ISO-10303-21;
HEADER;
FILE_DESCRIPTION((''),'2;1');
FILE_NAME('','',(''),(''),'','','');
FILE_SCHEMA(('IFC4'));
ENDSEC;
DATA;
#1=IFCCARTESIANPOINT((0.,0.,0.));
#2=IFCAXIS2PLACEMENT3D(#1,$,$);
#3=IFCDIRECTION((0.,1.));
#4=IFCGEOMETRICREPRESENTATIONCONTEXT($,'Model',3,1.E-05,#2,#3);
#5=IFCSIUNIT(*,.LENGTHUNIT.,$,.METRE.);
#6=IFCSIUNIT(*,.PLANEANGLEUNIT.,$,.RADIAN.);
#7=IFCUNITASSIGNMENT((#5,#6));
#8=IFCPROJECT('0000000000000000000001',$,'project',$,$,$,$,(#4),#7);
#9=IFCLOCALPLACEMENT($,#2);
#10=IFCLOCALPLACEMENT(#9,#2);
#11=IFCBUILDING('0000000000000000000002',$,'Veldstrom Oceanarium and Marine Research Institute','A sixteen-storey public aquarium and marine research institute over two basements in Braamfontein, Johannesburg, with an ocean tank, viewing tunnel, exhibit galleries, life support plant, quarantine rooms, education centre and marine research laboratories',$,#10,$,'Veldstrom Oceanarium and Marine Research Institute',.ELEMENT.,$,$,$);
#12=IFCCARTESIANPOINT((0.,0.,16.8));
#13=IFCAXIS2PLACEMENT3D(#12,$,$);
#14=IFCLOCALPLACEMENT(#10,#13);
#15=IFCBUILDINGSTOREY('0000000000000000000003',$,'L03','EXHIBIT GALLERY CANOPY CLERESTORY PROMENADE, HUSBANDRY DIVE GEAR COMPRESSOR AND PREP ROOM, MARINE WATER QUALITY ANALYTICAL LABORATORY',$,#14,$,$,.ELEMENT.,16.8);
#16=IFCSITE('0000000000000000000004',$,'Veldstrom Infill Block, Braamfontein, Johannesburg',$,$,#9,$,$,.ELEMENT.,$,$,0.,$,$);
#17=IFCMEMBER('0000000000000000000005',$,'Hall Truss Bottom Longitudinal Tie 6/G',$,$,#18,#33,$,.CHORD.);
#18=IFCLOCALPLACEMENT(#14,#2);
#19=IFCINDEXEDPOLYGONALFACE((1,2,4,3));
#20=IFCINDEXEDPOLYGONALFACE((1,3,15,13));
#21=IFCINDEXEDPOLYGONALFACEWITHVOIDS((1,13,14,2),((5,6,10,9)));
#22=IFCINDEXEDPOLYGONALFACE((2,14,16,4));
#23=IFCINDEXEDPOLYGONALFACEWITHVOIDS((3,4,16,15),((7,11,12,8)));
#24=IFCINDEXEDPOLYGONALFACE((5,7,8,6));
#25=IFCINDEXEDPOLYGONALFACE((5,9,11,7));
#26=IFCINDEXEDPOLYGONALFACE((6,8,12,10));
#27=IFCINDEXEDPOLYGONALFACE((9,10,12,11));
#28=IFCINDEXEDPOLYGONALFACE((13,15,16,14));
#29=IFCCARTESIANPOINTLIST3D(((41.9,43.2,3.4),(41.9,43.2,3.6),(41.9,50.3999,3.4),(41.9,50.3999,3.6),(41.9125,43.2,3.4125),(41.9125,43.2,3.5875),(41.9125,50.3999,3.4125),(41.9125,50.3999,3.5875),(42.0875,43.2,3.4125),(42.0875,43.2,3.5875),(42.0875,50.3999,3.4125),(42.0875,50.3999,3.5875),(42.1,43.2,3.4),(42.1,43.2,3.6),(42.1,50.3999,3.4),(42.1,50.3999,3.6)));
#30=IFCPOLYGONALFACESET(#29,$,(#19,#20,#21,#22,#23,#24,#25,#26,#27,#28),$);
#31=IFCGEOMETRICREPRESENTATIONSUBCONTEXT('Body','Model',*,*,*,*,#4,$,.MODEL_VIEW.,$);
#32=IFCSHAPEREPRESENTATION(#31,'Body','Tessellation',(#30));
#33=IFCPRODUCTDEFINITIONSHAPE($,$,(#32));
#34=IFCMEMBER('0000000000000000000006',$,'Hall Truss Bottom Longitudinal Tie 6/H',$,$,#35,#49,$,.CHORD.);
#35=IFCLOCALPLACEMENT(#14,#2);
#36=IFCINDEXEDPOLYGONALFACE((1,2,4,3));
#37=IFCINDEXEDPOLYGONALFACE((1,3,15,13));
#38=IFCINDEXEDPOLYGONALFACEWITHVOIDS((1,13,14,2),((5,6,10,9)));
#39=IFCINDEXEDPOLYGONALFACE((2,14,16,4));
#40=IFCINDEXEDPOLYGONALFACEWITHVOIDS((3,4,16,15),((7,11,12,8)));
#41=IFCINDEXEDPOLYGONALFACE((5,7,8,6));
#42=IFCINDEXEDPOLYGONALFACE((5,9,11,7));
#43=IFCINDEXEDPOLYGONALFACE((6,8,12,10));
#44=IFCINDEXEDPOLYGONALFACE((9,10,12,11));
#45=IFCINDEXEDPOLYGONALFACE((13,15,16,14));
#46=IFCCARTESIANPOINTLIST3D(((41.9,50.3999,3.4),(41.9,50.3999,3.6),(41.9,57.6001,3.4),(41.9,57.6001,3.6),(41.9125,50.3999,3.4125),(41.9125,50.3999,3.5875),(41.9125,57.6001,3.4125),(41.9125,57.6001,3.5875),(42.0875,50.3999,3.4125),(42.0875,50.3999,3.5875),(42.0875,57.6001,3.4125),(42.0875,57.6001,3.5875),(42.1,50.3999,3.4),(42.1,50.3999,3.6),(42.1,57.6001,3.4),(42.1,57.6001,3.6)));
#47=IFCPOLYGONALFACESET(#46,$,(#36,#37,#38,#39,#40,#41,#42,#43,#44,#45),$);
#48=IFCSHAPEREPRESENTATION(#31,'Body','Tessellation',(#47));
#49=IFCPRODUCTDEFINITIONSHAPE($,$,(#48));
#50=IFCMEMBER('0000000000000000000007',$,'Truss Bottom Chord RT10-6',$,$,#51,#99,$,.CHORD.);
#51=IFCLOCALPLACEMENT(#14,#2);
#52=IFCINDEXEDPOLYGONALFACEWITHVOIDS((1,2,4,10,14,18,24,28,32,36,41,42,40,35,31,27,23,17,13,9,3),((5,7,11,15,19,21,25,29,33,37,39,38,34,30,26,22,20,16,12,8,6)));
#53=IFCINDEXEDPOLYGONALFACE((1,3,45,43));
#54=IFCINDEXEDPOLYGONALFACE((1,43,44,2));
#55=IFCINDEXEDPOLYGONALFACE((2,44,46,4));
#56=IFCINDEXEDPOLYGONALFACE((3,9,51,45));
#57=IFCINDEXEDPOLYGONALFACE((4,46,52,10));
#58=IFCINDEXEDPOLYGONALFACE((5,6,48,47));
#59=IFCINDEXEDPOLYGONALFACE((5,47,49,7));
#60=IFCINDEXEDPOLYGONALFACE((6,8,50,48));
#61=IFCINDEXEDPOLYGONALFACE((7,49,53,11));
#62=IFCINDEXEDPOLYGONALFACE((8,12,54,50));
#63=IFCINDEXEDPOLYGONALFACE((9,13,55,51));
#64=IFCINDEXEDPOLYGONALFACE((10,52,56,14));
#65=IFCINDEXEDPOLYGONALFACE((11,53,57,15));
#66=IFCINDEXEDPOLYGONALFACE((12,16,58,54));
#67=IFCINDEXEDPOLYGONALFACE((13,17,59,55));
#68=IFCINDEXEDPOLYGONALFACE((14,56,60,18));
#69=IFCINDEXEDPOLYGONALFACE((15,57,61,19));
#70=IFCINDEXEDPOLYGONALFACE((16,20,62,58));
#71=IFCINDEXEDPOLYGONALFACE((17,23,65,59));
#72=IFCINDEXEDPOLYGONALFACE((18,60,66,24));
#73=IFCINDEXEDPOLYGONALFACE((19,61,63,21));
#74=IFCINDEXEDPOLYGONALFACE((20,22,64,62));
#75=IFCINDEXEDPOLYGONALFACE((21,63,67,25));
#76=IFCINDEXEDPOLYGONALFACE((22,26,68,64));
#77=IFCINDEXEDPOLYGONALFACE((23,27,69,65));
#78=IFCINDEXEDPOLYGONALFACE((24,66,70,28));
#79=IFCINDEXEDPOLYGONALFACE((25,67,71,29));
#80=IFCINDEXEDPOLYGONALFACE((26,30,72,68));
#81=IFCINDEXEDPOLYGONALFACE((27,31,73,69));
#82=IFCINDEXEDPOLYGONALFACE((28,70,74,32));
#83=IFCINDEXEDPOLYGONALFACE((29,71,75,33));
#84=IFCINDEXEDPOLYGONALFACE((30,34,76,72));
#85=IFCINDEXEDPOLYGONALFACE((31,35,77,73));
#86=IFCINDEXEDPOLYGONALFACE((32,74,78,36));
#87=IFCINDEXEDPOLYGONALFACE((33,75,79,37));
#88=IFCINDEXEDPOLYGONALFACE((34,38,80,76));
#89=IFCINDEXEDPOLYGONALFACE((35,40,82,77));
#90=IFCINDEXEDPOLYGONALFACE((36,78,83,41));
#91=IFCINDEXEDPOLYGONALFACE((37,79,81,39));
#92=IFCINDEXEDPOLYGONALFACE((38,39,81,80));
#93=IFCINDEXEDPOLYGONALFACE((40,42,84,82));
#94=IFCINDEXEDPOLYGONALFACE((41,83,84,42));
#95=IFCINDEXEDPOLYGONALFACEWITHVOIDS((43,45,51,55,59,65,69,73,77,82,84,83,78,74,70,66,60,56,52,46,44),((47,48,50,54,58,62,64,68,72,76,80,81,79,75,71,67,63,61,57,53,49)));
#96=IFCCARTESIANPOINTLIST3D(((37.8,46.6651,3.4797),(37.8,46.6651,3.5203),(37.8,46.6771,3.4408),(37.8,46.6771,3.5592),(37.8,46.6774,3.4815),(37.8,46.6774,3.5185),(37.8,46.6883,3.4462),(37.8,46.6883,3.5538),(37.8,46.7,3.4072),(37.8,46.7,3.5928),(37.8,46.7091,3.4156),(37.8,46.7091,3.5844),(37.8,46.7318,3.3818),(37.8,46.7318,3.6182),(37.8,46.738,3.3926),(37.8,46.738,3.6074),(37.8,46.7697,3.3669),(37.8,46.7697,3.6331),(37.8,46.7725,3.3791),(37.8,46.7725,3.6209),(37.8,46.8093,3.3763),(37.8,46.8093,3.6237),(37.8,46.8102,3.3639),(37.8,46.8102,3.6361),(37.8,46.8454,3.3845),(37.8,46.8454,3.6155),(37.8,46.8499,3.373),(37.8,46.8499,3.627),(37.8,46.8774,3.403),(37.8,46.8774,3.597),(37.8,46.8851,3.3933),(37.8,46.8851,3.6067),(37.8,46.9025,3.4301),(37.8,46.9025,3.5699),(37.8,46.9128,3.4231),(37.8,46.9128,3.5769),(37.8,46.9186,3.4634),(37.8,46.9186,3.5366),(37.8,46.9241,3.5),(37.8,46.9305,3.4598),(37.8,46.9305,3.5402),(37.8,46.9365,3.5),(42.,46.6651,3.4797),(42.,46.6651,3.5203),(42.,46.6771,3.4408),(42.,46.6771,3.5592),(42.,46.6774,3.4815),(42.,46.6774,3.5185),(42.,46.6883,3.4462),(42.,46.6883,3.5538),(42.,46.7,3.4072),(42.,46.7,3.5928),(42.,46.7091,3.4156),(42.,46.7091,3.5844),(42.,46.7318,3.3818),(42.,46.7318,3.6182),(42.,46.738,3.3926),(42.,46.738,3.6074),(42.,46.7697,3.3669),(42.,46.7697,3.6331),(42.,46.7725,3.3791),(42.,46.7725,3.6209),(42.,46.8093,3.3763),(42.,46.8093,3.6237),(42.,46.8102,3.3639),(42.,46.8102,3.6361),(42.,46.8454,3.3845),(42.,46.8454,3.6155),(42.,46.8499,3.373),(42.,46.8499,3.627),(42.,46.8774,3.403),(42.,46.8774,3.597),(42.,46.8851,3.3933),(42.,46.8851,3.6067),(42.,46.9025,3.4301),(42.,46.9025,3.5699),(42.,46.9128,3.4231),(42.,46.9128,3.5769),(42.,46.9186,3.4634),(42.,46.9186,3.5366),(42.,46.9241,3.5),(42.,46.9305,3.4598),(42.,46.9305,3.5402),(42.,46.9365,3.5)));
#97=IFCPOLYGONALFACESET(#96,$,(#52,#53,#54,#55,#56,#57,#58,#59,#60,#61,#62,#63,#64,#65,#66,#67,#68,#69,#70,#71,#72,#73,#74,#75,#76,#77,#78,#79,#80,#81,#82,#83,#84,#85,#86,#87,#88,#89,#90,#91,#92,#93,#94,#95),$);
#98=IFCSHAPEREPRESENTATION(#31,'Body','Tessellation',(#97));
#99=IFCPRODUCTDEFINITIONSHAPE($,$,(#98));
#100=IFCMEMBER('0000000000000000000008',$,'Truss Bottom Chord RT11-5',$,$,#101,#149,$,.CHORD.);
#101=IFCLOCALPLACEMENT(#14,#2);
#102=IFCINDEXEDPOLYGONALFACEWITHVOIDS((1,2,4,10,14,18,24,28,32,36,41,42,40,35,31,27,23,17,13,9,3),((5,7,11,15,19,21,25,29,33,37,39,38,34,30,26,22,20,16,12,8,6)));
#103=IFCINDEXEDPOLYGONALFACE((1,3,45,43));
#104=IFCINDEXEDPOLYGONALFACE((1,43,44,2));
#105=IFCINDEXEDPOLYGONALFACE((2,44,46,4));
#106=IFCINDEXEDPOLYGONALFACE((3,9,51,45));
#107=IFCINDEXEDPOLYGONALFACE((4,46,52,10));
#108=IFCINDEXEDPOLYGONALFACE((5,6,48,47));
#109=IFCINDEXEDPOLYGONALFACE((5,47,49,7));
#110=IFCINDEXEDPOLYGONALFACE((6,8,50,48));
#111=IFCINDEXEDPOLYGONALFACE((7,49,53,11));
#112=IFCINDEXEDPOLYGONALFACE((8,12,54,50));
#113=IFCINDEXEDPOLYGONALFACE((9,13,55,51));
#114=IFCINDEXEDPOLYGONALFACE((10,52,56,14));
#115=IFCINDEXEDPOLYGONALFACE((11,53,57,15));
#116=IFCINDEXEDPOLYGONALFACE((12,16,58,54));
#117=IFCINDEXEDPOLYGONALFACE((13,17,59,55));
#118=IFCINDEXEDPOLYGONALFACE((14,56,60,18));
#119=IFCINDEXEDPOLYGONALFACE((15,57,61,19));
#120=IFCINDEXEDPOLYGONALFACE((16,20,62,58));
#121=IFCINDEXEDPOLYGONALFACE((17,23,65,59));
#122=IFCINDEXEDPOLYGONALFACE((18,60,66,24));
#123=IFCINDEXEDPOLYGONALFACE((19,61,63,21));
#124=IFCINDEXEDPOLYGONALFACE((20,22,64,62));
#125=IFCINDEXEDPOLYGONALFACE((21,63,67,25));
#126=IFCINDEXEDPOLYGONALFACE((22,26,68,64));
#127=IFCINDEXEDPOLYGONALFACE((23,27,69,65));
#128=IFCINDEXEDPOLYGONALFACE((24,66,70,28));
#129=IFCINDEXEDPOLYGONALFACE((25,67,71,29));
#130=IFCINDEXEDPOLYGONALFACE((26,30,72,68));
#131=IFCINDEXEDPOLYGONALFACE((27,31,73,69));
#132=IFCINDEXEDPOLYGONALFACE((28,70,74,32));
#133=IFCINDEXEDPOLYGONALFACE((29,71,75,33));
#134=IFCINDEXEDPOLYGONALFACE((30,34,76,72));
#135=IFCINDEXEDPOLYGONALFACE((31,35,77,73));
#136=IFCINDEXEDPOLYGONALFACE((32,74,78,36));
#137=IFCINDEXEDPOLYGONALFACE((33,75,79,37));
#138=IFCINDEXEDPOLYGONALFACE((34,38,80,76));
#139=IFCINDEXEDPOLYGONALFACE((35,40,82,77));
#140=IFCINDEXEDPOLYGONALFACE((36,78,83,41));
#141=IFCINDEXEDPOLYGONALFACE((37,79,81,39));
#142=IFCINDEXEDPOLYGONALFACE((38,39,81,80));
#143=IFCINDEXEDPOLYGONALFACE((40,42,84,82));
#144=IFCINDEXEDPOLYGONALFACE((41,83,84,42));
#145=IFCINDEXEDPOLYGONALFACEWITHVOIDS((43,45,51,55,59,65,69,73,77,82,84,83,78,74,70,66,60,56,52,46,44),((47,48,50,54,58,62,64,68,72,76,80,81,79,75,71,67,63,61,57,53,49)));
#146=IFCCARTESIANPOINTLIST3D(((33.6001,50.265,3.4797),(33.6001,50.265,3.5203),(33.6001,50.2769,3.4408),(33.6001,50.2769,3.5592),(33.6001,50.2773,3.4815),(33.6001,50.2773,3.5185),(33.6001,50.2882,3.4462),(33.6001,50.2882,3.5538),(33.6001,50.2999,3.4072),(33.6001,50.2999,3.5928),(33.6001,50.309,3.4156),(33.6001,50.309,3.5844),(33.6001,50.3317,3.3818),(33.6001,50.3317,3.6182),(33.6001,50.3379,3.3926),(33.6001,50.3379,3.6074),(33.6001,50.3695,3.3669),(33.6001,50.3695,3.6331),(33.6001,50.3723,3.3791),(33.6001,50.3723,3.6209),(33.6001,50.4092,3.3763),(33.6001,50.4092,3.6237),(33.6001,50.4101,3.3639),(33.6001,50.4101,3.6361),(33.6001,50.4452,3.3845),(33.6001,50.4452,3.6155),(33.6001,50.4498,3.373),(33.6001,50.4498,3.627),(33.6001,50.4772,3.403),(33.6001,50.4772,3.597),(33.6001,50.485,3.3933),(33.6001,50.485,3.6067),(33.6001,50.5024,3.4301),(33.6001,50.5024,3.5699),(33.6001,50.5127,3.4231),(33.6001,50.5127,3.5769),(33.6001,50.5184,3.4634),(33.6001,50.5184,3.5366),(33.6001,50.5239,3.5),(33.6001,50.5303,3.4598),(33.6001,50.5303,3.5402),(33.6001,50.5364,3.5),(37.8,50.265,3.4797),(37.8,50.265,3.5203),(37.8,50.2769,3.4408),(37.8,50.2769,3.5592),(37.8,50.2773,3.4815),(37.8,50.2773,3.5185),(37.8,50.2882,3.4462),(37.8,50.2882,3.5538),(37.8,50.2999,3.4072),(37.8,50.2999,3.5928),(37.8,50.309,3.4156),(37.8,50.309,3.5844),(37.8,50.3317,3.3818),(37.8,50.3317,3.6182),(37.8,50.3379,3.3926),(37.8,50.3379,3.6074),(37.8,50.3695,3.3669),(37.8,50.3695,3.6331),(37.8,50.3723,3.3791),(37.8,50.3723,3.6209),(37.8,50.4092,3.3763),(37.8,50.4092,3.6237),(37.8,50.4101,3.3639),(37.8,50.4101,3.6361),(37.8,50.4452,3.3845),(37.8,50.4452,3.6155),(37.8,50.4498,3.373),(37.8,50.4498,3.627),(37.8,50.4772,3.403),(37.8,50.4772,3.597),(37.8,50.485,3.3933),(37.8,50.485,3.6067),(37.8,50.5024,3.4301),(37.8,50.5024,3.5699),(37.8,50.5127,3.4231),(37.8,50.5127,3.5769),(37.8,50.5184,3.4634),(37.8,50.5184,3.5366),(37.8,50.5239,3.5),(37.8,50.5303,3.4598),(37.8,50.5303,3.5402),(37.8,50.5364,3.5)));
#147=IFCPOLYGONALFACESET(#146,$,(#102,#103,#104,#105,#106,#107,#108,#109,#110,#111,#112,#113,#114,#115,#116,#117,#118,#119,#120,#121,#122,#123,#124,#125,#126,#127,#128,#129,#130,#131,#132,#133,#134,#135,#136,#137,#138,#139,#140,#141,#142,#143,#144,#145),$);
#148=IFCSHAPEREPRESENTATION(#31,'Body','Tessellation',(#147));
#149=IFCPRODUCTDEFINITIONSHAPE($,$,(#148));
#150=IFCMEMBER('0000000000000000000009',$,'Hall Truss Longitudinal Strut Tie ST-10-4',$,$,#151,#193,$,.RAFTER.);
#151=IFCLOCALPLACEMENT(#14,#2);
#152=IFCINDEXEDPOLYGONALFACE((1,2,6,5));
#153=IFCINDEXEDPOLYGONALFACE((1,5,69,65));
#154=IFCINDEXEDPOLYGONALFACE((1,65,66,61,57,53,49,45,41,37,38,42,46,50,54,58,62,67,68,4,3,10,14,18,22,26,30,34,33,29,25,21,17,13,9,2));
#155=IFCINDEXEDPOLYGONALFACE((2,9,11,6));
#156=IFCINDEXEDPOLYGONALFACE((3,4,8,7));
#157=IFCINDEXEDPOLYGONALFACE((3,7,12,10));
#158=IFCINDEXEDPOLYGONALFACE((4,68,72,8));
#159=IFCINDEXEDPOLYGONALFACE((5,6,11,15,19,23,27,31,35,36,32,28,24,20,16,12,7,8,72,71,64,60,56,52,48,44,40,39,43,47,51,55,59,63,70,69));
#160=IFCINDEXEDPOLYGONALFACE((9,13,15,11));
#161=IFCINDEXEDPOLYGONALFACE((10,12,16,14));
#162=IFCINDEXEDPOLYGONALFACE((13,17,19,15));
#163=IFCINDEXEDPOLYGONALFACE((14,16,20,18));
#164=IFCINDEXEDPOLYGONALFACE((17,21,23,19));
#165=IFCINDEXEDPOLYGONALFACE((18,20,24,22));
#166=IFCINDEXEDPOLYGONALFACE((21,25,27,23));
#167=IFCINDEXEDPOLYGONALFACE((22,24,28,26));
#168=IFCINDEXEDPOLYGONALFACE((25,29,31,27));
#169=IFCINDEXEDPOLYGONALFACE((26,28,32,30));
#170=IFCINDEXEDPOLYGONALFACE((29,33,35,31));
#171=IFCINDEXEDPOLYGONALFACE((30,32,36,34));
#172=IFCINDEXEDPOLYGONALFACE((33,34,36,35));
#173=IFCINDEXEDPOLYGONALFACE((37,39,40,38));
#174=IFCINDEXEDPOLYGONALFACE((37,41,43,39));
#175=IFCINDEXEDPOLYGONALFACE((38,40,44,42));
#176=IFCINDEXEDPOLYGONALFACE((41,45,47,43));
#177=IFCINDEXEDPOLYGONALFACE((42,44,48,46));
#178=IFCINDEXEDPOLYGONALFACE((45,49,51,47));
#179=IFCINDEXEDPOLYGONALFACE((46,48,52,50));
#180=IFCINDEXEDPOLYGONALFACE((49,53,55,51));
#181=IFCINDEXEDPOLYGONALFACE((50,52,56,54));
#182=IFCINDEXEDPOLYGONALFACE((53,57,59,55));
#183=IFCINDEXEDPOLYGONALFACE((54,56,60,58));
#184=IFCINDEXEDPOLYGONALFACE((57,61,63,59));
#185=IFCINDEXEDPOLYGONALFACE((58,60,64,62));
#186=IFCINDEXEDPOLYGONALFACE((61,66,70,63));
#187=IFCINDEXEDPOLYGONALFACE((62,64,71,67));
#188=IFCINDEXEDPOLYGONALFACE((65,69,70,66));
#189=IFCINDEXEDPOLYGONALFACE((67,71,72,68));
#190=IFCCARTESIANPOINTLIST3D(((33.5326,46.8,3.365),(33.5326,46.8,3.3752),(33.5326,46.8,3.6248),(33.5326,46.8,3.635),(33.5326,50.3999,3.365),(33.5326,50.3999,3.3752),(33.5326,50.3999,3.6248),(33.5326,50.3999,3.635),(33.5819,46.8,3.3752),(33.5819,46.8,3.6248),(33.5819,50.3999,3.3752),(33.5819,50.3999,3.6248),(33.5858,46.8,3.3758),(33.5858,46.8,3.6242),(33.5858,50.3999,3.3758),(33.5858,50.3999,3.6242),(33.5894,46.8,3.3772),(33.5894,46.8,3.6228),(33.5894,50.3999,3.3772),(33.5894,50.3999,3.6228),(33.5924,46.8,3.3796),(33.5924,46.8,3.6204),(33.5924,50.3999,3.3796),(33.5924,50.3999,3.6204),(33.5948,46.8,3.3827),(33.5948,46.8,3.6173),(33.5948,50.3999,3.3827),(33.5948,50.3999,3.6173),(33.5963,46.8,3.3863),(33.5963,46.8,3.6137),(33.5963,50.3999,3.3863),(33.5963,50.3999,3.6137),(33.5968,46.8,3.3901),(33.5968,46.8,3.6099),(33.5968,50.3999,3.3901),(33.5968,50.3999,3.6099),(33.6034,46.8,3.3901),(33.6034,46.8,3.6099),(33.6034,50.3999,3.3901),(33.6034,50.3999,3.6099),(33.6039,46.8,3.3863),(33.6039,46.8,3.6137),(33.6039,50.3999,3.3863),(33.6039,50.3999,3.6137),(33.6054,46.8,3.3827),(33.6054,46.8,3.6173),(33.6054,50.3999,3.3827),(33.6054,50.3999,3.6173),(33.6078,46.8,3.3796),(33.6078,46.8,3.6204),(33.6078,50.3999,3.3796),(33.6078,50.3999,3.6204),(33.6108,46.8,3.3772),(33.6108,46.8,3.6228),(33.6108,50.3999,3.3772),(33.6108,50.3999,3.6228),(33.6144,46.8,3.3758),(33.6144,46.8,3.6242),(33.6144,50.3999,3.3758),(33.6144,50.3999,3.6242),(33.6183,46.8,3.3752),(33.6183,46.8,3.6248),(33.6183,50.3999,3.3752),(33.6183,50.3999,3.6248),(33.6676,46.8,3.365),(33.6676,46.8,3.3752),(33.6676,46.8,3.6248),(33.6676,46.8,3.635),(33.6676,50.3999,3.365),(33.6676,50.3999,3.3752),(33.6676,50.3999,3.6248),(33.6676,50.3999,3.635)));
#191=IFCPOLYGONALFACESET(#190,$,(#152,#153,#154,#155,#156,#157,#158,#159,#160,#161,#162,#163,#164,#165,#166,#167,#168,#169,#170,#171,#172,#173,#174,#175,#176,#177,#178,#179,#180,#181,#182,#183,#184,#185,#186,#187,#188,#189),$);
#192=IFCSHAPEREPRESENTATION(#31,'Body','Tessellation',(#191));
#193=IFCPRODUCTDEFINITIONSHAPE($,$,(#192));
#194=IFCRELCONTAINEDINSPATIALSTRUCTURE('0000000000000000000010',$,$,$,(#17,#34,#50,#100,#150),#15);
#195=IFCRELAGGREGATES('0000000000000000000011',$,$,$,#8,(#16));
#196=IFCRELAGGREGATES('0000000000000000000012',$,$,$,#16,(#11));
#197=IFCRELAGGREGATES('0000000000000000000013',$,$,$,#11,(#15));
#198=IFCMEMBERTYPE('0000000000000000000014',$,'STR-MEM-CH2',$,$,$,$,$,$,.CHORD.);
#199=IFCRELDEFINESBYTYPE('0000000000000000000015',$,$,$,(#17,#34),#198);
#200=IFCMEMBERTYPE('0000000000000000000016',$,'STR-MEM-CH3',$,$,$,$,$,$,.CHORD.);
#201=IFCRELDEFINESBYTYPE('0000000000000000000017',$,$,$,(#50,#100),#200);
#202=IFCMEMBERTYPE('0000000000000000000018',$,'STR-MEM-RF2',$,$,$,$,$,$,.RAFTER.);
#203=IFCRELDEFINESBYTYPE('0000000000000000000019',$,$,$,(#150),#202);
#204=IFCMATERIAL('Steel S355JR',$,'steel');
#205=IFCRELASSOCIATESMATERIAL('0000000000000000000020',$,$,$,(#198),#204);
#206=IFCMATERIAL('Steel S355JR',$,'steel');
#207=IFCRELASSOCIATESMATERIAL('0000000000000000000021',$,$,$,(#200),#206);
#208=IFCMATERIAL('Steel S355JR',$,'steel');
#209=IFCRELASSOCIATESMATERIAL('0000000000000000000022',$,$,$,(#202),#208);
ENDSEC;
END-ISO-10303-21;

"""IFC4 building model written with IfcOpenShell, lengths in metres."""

from ifc_helpers import new_model, si_unit, direction, frame, origin, origin_2d, place, context, subcontext, project, spatial, hollow_rectangle, hollow_circle, i_section, extrude, material, material_profile, profile_set, type_object, element, save


model = new_model("IFC4")

# Units and contexts
model_context = context("Model", 3, precision=1e-05, world=origin(), true_north=direction((0.0, 1.0)))
body_context = subcontext(model_context, "Body", "Model", "MODEL_VIEW")
ifc_project = project(units=[si_unit("LENGTHUNIT", "METRE"), si_unit("PLANEANGLEUNIT", "RADIAN")], contexts=[model_context])

# Site, building, storey
site_placement = place(None, origin())
site = spatial("IfcSite", under=ifc_project, at=site_placement, Name="Veldstrom Infill Block, Braamfontein, Johannesburg", CompositionType="ELEMENT", RefElevation=0.0)
building_placement = place(site_placement, origin())
building = spatial("IfcBuilding", under=site, at=building_placement, Name="Veldstrom Oceanarium and Marine Research Institute", Description="A sixteen-storey public aquarium and marine research institute over two basements in Braamfontein, Johannesburg, with an ocean tank, viewing tunnel, exhibit galleries, life support plant, quarantine rooms, education centre and marine research laboratories", LongName="Veldstrom Oceanarium and Marine Research Institute", CompositionType="ELEMENT")
storey_placement = place(building_placement, frame((0.0, 0.0, 16.8)))
storey = spatial("IfcBuildingStorey", under=building, at=storey_placement, Name="L03", Description="EXHIBIT GALLERY CANOPY CLERESTORY PROMENADE, HUSBANDRY DIVE GEAR COMPRESSOR AND PREP ROOM, MARINE WATER QUALITY ANALYTICAL LABORATORY", CompositionType="ELEMENT", Elevation=16.8)

# Members
ifc_material_1 = material(Name="Steel S355JR", Category="steel")
ifc_material_profile_1 = material_profile(ifc_material_1, hollow_rectangle(XDim=0.2, YDim=0.2, WallThickness=0.0125, at=origin_2d()), Name="SHS 200x200x12.5")
ifc_profile_set_1 = profile_set([ifc_material_profile_1], Name="Steel S355JR")
member_type_1 = type_object("IfcMemberType", Name="STR-MEM-CH2", PredefinedType="CHORD", material=ifc_profile_set_1)
member_1_placement = place(storey_placement, frame((42.0, 43.2, 3.5), z_axis=(0.0, 1.0, 0.0), x_axis=(-1.0, 0.0, 0.0)))
element("IfcMember", 1, at=member_1_placement, inside=storey, type_object=member_type_1, Name="Hall Truss Bottom Longitudinal Tie 6/G", PredefinedType="CHORD", context=body_context, shape_type="SweptSolid", body=[
    extrude(hollow_rectangle(XDim=0.2, YDim=0.2, WallThickness=0.0125, at=origin_2d()), origin(), (0.0, 0.0, 1.0), 7.2),
])
member_2_placement = place(storey_placement, frame((42.0, 50.3999, 3.5), z_axis=(0.0, 1.0, 0.0), x_axis=(-1.0, 0.0, 0.0)))
element("IfcMember", 2, at=member_2_placement, inside=storey, type_object=member_type_1, Name="Hall Truss Bottom Longitudinal Tie 6/H", PredefinedType="CHORD", context=body_context, shape_type="SweptSolid", body=[
    extrude(hollow_rectangle(XDim=0.2, YDim=0.2, WallThickness=0.0125, at=origin_2d()), origin(), (0.0, 0.0, 1.0), 7.2002),
])
ifc_material_2 = material(Name="Steel S355JR", Category="steel")
ifc_material_profile_2 = material_profile(ifc_material_2, hollow_circle(Radius=0.1365, WallThickness=0.0125, at=origin_2d()), Name="CHS 273x12.5")
ifc_profile_set_2 = profile_set([ifc_material_profile_2], Name="Steel S355JR")
member_type_2 = type_object("IfcMemberType", Name="STR-MEM-CH3", PredefinedType="CHORD", material=ifc_profile_set_2)
for number, where, z_axis, x_axis, name in (
    (3, (37.8, 46.8, 3.5), (1.0, 0.0, 0.0), (0.0, 1.0, 0.0), "Truss Bottom Chord RT10-6"),
    (4, (33.6001, 50.3999, 3.5), (1.0, 0.0, 0.0), (0.0, 1.0, 0.0), "Truss Bottom Chord RT11-5"),
):
    element("IfcMember", number, at=place(storey_placement, frame(where, z_axis=z_axis, x_axis=x_axis)), inside=storey, type_object=member_type_2, Name=name, PredefinedType="CHORD", context=body_context, shape_type="SweptSolid", body=[
        extrude(hollow_circle(Radius=0.1365, WallThickness=0.0125, at=origin_2d()), origin(), (0.0, 0.0, 1.0), 4.2),
    ])
ifc_material_3 = material(Name="Steel S355JR", Category="steel")
ifc_material_profile_3 = material_profile(ifc_material_3, i_section(OverallWidth=0.135, OverallDepth=0.27, WebThickness=0.0066, FlangeThickness=0.0103, FilletRadius=0.0149, at=origin_2d()), Name="IPE 270")
ifc_profile_set_3 = profile_set([ifc_material_profile_3], Name="Steel S355JR")
member_type_3 = type_object("IfcMemberType", Name="STR-MEM-RF2", PredefinedType="RAFTER", material=ifc_profile_set_3)
member_3_placement = place(storey_placement, frame((33.6001, 46.8, 3.5), z_axis=(0.0, 1.0, 0.0), x_axis=(-1.0, 0.0, 0.0)))
element("IfcMember", 5, at=member_3_placement, inside=storey, type_object=member_type_3, Name="Hall Truss Longitudinal Strut Tie ST-10-4", PredefinedType="RAFTER", context=body_context, shape_type="SweptSolid", body=[
    extrude(i_section(OverallWidth=0.135, OverallDepth=0.27, WebThickness=0.0066, FlangeThickness=0.0103, FilletRadius=0.0149, at=origin_2d()), origin(), (0.0, 0.0, 1.0), 3.5999),
])

save(model, "model.ifc")
